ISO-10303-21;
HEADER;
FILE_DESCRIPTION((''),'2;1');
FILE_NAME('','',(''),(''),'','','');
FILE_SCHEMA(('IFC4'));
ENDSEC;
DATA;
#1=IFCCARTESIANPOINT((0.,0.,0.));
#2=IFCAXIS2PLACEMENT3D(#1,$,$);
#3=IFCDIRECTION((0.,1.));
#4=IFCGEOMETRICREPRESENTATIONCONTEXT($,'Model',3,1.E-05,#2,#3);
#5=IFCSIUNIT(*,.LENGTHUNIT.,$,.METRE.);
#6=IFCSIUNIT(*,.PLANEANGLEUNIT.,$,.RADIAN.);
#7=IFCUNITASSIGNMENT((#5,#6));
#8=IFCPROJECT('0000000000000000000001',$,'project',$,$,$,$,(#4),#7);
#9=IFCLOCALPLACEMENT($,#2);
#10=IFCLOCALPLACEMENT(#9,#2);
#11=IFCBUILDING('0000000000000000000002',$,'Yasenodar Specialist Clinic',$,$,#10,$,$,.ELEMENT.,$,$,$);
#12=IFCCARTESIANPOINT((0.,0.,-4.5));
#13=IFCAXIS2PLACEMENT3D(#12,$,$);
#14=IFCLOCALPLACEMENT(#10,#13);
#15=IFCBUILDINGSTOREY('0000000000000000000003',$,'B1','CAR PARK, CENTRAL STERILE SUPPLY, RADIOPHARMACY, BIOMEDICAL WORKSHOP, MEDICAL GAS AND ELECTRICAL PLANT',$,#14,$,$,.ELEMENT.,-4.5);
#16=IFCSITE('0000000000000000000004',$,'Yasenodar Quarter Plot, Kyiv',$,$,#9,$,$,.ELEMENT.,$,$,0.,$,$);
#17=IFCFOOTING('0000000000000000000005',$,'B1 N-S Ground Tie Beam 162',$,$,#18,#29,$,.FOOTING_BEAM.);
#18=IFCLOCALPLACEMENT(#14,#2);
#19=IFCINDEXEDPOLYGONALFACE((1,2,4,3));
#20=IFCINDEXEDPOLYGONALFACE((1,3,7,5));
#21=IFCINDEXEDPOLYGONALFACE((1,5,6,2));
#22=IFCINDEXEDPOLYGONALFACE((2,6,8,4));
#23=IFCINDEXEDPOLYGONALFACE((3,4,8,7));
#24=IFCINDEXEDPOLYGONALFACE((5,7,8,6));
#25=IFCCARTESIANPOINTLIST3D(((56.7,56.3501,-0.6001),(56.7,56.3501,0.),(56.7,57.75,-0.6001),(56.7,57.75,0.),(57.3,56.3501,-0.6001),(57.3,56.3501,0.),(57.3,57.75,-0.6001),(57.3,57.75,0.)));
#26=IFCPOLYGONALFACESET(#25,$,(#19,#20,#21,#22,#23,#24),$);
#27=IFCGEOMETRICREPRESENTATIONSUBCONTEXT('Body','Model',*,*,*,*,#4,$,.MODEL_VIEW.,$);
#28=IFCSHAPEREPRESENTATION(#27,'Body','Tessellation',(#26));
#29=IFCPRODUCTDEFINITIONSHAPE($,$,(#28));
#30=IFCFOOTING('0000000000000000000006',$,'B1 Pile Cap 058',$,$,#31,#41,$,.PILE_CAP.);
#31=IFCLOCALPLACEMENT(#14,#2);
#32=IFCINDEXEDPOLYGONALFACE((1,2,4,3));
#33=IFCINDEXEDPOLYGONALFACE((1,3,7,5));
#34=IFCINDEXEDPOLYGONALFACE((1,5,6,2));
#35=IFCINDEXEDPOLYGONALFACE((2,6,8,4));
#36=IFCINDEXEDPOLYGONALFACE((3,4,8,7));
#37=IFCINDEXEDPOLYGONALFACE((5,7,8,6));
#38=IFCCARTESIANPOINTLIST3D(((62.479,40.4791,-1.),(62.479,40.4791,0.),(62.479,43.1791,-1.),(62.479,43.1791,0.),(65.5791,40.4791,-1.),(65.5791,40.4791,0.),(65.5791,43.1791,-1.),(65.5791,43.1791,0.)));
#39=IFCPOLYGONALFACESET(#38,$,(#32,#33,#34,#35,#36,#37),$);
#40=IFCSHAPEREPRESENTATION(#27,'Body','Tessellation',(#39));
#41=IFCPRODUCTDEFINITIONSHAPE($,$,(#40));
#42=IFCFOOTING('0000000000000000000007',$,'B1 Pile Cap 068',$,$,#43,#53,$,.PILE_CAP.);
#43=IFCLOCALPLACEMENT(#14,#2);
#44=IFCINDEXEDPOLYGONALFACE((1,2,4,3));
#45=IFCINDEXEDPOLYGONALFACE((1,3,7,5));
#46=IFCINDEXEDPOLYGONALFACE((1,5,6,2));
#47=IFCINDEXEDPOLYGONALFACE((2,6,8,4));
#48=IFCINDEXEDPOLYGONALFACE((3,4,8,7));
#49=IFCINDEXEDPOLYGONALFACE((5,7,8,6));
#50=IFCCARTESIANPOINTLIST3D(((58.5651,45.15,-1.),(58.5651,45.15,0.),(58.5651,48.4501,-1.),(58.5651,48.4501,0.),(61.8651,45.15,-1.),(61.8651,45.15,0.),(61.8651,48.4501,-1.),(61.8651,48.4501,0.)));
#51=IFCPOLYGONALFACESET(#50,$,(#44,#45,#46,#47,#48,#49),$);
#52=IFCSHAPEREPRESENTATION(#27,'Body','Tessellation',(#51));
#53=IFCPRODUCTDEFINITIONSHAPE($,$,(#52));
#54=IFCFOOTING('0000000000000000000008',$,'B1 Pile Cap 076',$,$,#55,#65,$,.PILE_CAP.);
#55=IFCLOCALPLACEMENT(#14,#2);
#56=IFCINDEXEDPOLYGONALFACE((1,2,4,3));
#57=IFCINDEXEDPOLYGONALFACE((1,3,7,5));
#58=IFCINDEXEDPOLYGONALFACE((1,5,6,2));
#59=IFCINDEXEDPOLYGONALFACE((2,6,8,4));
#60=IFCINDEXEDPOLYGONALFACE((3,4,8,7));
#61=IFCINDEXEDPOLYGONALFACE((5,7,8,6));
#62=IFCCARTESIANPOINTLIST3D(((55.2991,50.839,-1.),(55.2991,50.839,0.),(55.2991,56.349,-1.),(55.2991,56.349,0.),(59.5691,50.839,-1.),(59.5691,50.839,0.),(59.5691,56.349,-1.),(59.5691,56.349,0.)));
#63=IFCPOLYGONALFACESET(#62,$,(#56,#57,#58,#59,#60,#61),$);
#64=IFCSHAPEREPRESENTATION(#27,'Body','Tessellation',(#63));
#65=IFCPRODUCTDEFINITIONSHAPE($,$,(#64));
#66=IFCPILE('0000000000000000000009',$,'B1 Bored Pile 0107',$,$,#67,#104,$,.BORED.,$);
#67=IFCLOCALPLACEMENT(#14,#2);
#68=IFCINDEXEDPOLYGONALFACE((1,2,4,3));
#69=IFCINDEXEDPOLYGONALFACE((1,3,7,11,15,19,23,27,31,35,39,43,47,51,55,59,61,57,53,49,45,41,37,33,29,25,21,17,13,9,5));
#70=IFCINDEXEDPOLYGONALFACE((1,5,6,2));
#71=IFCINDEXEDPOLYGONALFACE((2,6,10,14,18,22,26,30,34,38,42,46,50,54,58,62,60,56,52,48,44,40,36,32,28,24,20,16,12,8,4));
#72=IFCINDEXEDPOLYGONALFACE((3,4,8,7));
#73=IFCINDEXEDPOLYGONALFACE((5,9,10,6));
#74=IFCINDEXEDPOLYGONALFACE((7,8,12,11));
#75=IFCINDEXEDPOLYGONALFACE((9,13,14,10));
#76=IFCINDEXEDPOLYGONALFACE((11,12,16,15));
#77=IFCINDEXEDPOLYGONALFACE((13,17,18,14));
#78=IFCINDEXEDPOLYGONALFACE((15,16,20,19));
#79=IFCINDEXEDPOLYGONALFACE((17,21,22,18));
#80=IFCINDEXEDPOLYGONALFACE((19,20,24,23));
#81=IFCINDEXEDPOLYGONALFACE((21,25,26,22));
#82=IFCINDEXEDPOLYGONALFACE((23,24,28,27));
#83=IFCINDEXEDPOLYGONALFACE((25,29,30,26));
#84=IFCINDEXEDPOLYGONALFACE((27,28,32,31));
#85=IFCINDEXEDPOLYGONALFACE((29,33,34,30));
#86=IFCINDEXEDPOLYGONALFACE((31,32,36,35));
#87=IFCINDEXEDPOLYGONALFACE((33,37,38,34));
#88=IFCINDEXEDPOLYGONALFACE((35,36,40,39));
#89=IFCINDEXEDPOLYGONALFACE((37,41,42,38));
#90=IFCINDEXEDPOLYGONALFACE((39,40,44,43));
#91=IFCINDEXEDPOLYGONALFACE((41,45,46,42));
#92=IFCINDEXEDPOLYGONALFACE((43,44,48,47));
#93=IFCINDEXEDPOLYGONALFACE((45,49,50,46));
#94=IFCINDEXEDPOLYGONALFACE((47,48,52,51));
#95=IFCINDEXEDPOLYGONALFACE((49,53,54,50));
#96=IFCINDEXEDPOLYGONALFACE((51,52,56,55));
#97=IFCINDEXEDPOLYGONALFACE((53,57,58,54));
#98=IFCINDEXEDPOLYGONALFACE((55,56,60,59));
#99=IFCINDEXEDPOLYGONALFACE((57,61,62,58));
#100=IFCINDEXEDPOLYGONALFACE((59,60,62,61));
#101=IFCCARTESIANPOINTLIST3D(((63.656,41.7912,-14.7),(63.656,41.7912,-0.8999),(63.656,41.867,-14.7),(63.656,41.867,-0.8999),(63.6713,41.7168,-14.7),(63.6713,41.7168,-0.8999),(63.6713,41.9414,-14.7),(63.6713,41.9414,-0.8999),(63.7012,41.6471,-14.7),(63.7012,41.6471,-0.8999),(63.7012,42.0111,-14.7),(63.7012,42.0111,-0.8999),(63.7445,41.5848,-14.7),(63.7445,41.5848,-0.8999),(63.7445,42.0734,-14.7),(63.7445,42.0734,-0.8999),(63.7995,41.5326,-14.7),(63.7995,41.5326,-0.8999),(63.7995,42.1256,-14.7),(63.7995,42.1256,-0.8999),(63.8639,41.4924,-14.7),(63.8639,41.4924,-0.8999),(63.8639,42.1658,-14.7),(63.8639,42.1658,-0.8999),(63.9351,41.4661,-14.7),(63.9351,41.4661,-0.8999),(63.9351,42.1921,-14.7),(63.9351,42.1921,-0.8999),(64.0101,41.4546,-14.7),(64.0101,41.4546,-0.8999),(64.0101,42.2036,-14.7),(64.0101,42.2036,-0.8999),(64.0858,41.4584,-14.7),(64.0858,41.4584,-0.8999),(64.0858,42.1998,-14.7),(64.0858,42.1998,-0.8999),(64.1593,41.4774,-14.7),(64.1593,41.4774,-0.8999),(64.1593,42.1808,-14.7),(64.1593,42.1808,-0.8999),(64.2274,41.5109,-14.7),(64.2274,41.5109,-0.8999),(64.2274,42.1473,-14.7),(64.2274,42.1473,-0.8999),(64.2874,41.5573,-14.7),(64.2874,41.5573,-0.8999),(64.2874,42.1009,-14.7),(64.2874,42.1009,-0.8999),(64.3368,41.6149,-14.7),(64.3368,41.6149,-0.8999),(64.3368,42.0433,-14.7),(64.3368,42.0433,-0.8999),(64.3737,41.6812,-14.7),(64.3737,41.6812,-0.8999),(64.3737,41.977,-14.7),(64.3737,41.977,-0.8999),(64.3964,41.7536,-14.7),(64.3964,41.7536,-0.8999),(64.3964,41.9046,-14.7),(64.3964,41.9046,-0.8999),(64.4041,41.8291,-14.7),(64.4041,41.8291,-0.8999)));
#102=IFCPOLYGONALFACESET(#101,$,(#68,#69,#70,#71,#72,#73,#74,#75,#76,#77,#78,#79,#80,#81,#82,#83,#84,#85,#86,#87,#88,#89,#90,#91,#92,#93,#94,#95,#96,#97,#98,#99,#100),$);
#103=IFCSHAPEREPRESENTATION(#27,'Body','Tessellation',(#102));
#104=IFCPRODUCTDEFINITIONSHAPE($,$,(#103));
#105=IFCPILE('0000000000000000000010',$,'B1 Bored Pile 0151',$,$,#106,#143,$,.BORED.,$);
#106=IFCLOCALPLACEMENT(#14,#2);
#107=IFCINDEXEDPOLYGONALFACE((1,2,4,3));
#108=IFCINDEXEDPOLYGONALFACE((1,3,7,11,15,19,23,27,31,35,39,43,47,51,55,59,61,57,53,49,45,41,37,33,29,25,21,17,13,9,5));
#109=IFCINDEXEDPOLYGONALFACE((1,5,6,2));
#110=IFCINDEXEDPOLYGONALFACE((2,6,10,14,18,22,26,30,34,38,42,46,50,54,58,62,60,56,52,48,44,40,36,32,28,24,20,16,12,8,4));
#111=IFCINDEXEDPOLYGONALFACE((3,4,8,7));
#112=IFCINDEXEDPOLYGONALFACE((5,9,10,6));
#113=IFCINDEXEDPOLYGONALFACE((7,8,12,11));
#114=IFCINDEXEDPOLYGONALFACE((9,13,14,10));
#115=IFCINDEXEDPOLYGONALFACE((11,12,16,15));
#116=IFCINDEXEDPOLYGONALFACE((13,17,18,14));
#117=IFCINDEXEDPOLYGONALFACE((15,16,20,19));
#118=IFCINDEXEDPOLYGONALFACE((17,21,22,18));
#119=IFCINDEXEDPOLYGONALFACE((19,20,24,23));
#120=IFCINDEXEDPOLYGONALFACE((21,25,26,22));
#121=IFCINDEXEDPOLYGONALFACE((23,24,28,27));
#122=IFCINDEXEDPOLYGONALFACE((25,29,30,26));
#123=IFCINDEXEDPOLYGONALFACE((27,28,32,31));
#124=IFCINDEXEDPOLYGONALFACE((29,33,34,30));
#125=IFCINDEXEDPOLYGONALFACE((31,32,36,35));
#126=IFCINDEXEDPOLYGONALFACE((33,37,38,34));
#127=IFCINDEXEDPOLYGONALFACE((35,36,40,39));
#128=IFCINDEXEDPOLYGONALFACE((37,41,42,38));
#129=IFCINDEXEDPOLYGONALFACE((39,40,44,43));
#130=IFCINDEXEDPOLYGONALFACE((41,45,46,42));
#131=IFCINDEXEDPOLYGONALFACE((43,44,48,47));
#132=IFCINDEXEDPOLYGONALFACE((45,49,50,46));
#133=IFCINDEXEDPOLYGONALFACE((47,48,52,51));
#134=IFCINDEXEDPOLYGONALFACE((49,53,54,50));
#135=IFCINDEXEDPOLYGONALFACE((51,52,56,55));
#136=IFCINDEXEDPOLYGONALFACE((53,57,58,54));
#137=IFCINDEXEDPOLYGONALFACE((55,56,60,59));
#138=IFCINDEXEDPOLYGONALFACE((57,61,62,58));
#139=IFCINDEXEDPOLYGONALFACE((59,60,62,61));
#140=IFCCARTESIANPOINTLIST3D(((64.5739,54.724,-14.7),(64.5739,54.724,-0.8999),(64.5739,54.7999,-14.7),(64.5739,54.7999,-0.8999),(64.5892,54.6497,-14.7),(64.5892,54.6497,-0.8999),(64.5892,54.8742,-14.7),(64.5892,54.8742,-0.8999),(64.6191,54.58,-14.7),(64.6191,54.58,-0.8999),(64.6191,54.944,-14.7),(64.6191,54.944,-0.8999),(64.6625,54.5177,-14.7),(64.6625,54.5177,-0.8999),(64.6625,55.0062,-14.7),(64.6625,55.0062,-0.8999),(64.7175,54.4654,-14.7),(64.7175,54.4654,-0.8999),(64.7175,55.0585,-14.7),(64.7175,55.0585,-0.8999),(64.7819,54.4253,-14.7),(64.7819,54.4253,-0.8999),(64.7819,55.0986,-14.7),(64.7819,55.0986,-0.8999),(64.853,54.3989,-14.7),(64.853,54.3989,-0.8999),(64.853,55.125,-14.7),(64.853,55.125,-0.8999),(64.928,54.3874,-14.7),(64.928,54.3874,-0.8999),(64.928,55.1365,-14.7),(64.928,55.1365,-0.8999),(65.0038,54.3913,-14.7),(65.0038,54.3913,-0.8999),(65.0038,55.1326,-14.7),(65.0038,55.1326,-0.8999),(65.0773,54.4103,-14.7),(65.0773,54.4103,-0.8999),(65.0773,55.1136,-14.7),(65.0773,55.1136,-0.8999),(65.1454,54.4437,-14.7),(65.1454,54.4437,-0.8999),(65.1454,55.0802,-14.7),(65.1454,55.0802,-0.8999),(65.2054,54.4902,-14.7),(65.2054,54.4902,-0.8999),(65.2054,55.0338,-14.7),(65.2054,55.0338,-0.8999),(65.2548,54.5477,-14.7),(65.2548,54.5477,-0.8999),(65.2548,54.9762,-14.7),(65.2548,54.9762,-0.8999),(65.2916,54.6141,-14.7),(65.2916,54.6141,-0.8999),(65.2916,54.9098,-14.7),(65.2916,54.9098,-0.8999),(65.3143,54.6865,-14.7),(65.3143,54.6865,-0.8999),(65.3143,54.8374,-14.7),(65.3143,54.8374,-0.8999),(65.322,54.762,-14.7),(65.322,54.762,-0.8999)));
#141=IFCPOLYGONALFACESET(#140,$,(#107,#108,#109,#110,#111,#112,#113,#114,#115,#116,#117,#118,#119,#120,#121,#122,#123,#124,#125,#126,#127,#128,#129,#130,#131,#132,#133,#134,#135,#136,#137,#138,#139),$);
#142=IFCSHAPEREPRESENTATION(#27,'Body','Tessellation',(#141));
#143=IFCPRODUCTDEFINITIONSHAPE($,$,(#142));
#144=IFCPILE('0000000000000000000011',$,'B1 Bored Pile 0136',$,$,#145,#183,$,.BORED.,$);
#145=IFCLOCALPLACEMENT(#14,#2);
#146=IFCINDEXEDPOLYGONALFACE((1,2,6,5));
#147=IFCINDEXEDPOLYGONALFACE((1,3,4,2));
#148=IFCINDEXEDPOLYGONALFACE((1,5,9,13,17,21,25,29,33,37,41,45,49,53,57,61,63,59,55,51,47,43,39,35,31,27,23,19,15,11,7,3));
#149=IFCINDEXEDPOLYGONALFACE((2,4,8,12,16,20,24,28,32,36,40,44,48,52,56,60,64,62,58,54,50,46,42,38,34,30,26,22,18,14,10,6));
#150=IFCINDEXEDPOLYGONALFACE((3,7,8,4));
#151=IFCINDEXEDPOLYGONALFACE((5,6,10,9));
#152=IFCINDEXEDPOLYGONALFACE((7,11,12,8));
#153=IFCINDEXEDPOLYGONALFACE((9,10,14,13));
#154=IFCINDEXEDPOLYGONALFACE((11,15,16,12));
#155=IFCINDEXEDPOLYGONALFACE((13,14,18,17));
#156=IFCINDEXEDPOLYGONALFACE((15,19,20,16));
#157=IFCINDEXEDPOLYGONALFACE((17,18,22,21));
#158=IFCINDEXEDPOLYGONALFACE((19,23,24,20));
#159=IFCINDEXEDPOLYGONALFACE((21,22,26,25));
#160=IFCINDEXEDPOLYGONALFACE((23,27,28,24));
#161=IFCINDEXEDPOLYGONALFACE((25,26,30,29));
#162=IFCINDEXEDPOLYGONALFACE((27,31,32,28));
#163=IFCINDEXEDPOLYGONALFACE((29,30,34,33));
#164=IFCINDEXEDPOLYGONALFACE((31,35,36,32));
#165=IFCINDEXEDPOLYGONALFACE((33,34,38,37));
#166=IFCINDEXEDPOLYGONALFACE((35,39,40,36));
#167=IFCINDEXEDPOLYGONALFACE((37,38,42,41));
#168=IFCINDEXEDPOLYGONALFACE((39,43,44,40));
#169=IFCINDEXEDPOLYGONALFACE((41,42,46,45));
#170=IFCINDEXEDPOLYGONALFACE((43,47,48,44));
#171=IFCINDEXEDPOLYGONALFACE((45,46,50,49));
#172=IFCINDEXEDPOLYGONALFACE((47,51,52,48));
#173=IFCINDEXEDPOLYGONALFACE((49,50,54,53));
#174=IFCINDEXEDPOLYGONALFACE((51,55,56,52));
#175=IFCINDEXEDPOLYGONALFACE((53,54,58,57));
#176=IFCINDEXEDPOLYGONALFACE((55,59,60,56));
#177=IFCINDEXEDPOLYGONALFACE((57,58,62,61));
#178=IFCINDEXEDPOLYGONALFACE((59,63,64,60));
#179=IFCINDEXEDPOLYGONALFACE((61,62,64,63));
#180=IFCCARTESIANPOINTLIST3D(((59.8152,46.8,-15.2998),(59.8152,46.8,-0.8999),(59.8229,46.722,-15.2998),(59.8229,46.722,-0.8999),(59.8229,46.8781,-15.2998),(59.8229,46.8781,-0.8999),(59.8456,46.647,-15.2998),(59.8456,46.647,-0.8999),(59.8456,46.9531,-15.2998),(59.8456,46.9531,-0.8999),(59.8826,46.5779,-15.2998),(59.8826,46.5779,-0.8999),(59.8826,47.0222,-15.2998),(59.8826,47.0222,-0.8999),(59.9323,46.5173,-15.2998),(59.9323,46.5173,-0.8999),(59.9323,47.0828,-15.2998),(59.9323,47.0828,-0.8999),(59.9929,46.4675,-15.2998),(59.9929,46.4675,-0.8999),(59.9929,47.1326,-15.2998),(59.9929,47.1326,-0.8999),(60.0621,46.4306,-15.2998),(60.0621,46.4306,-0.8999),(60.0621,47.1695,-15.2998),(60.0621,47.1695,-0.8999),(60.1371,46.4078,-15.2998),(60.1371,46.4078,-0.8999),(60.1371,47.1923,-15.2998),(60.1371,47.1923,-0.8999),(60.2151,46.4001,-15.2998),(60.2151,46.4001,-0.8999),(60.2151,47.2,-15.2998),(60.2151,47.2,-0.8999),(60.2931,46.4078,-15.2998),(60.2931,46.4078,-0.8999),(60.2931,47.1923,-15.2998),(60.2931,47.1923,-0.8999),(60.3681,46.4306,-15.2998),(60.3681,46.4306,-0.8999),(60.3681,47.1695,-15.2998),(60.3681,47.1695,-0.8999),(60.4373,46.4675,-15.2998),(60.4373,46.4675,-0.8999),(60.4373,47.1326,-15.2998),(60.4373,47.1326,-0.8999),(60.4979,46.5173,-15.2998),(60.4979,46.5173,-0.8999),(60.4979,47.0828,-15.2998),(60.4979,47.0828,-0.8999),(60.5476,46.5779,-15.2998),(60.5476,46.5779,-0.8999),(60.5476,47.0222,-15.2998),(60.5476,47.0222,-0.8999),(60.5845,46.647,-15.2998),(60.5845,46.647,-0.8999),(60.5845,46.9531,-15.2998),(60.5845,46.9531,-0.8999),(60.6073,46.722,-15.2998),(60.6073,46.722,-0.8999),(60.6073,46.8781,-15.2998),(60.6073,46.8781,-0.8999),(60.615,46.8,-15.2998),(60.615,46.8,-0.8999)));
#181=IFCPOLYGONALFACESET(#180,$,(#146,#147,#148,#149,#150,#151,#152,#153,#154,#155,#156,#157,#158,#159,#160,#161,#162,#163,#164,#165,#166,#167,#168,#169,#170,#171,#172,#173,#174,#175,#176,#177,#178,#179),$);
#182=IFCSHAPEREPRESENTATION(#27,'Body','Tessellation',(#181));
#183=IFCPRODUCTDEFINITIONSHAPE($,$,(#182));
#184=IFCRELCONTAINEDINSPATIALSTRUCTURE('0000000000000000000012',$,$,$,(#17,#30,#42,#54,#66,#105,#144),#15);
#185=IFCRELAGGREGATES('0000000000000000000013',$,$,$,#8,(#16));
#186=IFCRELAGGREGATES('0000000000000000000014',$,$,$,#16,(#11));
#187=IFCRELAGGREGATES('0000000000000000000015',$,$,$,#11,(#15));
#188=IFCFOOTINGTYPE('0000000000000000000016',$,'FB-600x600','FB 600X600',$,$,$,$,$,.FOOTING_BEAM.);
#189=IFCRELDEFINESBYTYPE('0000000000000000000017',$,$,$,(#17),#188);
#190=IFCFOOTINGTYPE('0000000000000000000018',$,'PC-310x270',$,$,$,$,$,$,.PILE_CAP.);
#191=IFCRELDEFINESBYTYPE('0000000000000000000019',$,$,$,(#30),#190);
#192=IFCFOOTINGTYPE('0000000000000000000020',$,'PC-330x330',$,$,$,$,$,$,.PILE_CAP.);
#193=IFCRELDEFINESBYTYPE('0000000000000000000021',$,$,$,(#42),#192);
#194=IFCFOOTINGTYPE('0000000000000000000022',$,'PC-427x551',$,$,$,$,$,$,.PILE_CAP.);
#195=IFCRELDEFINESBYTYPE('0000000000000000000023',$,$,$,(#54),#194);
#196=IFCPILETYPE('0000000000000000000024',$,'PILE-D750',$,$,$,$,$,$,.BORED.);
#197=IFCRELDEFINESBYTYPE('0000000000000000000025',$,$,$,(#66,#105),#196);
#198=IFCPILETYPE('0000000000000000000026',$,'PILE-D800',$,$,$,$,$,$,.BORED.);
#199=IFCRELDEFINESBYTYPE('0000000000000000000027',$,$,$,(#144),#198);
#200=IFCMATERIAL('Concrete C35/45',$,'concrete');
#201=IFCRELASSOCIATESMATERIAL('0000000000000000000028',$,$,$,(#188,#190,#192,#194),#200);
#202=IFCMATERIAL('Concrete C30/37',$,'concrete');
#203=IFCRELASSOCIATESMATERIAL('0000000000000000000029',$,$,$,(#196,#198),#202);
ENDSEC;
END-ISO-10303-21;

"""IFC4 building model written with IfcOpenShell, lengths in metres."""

from ifc_helpers import new_model, si_unit, direction, frame, origin, origin_2d, place, context, subcontext, project, spatial, rectangle, circle, extrude, material, material_profile, profile_set, type_object, element, save


model = new_model("IFC4")

# Units and contexts
model_context = context("Model", 3, precision=1e-05, world=origin(), true_north=direction((0.0, 1.0)))
body_context = subcontext(model_context, "Body", "Model", "MODEL_VIEW")
ifc_project = project(units=[si_unit("LENGTHUNIT", "METRE"), si_unit("PLANEANGLEUNIT", "RADIAN")], contexts=[model_context])

# Site, building, storey
site_placement = place(None, origin())
site = spatial("IfcSite", under=ifc_project, at=site_placement, Name="Yasenodar Quarter Plot, Kyiv", CompositionType="ELEMENT", RefElevation=0.0)
building_placement = place(site_placement, origin())
building = spatial("IfcBuilding", under=site, at=building_placement, Name="Yasenodar Specialist Clinic", CompositionType="ELEMENT")
storey_placement = place(building_placement, frame((0.0, 0.0, -4.5)))
storey = spatial("IfcBuildingStorey", under=building, at=storey_placement, Name="B1", Description="CAR PARK, CENTRAL STERILE SUPPLY, RADIOPHARMACY, BIOMEDICAL WORKSHOP, MEDICAL GAS AND ELECTRICAL PLANT", CompositionType="ELEMENT", Elevation=-4.5)

# Footings
ifc_material_1 = material(Name="Concrete C35/45", Category="concrete")
ifc_material_profile_1 = material_profile(ifc_material_1, rectangle(XDim=0.6001, YDim=0.6001, at=origin_2d()), Name="RC 600x600")
ifc_profile_set_1 = profile_set([ifc_material_profile_1], Name="Concrete C35/45")
footing_type_1 = type_object("IfcFootingType", Name="FB-600x600", Description="FB 600X600", PredefinedType="FOOTING_BEAM", material=ifc_profile_set_1)
footing_1_placement = place(storey_placement, frame((57.0, 56.3501, -0.3), z_axis=(0.0, 1.0, 0.0), x_axis=(-1.0, 0.0, 0.0)))
element("IfcFooting", 1, at=footing_1_placement, inside=storey, type_object=footing_type_1, Name="B1 N-S Ground Tie Beam 162", PredefinedType="FOOTING_BEAM", context=body_context, shape_type="SweptSolid", body=[
    extrude(rectangle(XDim=0.6001, YDim=0.6001, at=origin_2d()), origin(), (0.0, 0.0, 1.0), 1.3999),
])
footing_type_2 = type_object("IfcFootingType", Name="PC-310x270", PredefinedType="PILE_CAP", material=ifc_material_1)
footing_2_placement = place(storey_placement, frame((64.0291, 41.8291, -1.0), z_axis=(0.0, 0.0, 1.0), x_axis=(1.0, 0.0, 0.0)))
element("IfcFooting", 2, at=footing_2_placement, inside=storey, type_object=footing_type_2, Name="B1 Pile Cap 058", PredefinedType="PILE_CAP", context=body_context, shape_type="SweptSolid", body=[
    extrude(rectangle(XDim=3.1001, YDim=2.7, at=origin_2d()), origin(), (0.0, 0.0, 1.0), 1.0),
])
footing_type_3 = type_object("IfcFootingType", Name="PC-330x330", PredefinedType="PILE_CAP", material=ifc_material_1)
footing_3_placement = place(storey_placement, frame((60.2151, 46.8, -1.0), z_axis=(0.0, 0.0, 1.0), x_axis=(1.0, 0.0, 0.0)))
element("IfcFooting", 3, at=footing_3_placement, inside=storey, type_object=footing_type_3, Name="B1 Pile Cap 068", PredefinedType="PILE_CAP", context=body_context, shape_type="SweptSolid", body=[
    extrude(rectangle(XDim=3.3, YDim=3.3, at=origin_2d()), origin(), (0.0, 0.0, 1.0), 1.0),
])
footing_type_4 = type_object("IfcFootingType", Name="PC-427x551", PredefinedType="PILE_CAP", material=ifc_material_1)
footing_4_placement = place(storey_placement, frame((57.4341, 53.594, -1.0), z_axis=(0.0, 0.0, 1.0), x_axis=(1.0, 0.0, 0.0)))
element("IfcFooting", 4, at=footing_4_placement, inside=storey, type_object=footing_type_4, Name="B1 Pile Cap 076", PredefinedType="PILE_CAP", context=body_context, shape_type="SweptSolid", body=[
    extrude(rectangle(XDim=4.27, YDim=5.51, at=origin_2d()), origin(), (0.0, 0.0, 1.0), 1.0),
])

# Piles
ifc_material_2 = material(Name="Concrete C30/37", Category="concrete")
ifc_material_profile_2 = material_profile(ifc_material_2, circle(Radius=0.375, at=origin_2d()), Name="PILE D750")
ifc_profile_set_2 = profile_set([ifc_material_profile_2], Name="Concrete C30/37")
pile_type_1 = type_object("IfcPileType", Name="PILE-D750", PredefinedType="BORED", material=ifc_profile_set_2)
for number, where, z_axis, x_axis, name in (
    (5, (64.0291, 41.8291, -0.8999), (0.0, 0.0, -1.0), (1.0, 0.0, 0.0), "B1 Bored Pile 0107"),
    (6, (64.947, 54.762, -0.8999), (0.0, 0.0, -1.0), (1.0, 0.0, 0.0), "B1 Bored Pile 0151"),
):
    element("IfcPile", number, at=place(storey_placement, frame(where, z_axis=z_axis, x_axis=x_axis)), inside=storey, type_object=pile_type_1, Name=name, PredefinedType="BORED", context=body_context, shape_type="SweptSolid", body=[
        extrude(circle(Radius=0.375, at=origin_2d()), origin(), (0.0, 0.0, 1.0), 13.8),
    ])
ifc_material_profile_3 = material_profile(ifc_material_2, circle(Radius=0.3999, at=origin_2d()), Name="PILE D800")
ifc_profile_set_3 = profile_set([ifc_material_profile_3], Name="Concrete C30/37")
pile_type_2 = type_object("IfcPileType", Name="PILE-D800", PredefinedType="BORED", material=ifc_profile_set_3)
for number, where, z_axis, x_axis, name in (
    (7, (60.2151, 46.8, -0.8999), (0.0, 0.0, -1.0), (1.0, 0.0, 0.0), "B1 Bored Pile 0136"),
):
    element("IfcPile", number, at=place(storey_placement, frame(where, z_axis=z_axis, x_axis=x_axis)), inside=storey, type_object=pile_type_2, Name=name, PredefinedType="BORED", context=body_context, shape_type="SweptSolid", body=[
        extrude(circle(Radius=0.3999, at=origin_2d()), origin(), (0.0, 0.0, 1.0), 14.3999),
    ])

save(model, "model.ifc")
